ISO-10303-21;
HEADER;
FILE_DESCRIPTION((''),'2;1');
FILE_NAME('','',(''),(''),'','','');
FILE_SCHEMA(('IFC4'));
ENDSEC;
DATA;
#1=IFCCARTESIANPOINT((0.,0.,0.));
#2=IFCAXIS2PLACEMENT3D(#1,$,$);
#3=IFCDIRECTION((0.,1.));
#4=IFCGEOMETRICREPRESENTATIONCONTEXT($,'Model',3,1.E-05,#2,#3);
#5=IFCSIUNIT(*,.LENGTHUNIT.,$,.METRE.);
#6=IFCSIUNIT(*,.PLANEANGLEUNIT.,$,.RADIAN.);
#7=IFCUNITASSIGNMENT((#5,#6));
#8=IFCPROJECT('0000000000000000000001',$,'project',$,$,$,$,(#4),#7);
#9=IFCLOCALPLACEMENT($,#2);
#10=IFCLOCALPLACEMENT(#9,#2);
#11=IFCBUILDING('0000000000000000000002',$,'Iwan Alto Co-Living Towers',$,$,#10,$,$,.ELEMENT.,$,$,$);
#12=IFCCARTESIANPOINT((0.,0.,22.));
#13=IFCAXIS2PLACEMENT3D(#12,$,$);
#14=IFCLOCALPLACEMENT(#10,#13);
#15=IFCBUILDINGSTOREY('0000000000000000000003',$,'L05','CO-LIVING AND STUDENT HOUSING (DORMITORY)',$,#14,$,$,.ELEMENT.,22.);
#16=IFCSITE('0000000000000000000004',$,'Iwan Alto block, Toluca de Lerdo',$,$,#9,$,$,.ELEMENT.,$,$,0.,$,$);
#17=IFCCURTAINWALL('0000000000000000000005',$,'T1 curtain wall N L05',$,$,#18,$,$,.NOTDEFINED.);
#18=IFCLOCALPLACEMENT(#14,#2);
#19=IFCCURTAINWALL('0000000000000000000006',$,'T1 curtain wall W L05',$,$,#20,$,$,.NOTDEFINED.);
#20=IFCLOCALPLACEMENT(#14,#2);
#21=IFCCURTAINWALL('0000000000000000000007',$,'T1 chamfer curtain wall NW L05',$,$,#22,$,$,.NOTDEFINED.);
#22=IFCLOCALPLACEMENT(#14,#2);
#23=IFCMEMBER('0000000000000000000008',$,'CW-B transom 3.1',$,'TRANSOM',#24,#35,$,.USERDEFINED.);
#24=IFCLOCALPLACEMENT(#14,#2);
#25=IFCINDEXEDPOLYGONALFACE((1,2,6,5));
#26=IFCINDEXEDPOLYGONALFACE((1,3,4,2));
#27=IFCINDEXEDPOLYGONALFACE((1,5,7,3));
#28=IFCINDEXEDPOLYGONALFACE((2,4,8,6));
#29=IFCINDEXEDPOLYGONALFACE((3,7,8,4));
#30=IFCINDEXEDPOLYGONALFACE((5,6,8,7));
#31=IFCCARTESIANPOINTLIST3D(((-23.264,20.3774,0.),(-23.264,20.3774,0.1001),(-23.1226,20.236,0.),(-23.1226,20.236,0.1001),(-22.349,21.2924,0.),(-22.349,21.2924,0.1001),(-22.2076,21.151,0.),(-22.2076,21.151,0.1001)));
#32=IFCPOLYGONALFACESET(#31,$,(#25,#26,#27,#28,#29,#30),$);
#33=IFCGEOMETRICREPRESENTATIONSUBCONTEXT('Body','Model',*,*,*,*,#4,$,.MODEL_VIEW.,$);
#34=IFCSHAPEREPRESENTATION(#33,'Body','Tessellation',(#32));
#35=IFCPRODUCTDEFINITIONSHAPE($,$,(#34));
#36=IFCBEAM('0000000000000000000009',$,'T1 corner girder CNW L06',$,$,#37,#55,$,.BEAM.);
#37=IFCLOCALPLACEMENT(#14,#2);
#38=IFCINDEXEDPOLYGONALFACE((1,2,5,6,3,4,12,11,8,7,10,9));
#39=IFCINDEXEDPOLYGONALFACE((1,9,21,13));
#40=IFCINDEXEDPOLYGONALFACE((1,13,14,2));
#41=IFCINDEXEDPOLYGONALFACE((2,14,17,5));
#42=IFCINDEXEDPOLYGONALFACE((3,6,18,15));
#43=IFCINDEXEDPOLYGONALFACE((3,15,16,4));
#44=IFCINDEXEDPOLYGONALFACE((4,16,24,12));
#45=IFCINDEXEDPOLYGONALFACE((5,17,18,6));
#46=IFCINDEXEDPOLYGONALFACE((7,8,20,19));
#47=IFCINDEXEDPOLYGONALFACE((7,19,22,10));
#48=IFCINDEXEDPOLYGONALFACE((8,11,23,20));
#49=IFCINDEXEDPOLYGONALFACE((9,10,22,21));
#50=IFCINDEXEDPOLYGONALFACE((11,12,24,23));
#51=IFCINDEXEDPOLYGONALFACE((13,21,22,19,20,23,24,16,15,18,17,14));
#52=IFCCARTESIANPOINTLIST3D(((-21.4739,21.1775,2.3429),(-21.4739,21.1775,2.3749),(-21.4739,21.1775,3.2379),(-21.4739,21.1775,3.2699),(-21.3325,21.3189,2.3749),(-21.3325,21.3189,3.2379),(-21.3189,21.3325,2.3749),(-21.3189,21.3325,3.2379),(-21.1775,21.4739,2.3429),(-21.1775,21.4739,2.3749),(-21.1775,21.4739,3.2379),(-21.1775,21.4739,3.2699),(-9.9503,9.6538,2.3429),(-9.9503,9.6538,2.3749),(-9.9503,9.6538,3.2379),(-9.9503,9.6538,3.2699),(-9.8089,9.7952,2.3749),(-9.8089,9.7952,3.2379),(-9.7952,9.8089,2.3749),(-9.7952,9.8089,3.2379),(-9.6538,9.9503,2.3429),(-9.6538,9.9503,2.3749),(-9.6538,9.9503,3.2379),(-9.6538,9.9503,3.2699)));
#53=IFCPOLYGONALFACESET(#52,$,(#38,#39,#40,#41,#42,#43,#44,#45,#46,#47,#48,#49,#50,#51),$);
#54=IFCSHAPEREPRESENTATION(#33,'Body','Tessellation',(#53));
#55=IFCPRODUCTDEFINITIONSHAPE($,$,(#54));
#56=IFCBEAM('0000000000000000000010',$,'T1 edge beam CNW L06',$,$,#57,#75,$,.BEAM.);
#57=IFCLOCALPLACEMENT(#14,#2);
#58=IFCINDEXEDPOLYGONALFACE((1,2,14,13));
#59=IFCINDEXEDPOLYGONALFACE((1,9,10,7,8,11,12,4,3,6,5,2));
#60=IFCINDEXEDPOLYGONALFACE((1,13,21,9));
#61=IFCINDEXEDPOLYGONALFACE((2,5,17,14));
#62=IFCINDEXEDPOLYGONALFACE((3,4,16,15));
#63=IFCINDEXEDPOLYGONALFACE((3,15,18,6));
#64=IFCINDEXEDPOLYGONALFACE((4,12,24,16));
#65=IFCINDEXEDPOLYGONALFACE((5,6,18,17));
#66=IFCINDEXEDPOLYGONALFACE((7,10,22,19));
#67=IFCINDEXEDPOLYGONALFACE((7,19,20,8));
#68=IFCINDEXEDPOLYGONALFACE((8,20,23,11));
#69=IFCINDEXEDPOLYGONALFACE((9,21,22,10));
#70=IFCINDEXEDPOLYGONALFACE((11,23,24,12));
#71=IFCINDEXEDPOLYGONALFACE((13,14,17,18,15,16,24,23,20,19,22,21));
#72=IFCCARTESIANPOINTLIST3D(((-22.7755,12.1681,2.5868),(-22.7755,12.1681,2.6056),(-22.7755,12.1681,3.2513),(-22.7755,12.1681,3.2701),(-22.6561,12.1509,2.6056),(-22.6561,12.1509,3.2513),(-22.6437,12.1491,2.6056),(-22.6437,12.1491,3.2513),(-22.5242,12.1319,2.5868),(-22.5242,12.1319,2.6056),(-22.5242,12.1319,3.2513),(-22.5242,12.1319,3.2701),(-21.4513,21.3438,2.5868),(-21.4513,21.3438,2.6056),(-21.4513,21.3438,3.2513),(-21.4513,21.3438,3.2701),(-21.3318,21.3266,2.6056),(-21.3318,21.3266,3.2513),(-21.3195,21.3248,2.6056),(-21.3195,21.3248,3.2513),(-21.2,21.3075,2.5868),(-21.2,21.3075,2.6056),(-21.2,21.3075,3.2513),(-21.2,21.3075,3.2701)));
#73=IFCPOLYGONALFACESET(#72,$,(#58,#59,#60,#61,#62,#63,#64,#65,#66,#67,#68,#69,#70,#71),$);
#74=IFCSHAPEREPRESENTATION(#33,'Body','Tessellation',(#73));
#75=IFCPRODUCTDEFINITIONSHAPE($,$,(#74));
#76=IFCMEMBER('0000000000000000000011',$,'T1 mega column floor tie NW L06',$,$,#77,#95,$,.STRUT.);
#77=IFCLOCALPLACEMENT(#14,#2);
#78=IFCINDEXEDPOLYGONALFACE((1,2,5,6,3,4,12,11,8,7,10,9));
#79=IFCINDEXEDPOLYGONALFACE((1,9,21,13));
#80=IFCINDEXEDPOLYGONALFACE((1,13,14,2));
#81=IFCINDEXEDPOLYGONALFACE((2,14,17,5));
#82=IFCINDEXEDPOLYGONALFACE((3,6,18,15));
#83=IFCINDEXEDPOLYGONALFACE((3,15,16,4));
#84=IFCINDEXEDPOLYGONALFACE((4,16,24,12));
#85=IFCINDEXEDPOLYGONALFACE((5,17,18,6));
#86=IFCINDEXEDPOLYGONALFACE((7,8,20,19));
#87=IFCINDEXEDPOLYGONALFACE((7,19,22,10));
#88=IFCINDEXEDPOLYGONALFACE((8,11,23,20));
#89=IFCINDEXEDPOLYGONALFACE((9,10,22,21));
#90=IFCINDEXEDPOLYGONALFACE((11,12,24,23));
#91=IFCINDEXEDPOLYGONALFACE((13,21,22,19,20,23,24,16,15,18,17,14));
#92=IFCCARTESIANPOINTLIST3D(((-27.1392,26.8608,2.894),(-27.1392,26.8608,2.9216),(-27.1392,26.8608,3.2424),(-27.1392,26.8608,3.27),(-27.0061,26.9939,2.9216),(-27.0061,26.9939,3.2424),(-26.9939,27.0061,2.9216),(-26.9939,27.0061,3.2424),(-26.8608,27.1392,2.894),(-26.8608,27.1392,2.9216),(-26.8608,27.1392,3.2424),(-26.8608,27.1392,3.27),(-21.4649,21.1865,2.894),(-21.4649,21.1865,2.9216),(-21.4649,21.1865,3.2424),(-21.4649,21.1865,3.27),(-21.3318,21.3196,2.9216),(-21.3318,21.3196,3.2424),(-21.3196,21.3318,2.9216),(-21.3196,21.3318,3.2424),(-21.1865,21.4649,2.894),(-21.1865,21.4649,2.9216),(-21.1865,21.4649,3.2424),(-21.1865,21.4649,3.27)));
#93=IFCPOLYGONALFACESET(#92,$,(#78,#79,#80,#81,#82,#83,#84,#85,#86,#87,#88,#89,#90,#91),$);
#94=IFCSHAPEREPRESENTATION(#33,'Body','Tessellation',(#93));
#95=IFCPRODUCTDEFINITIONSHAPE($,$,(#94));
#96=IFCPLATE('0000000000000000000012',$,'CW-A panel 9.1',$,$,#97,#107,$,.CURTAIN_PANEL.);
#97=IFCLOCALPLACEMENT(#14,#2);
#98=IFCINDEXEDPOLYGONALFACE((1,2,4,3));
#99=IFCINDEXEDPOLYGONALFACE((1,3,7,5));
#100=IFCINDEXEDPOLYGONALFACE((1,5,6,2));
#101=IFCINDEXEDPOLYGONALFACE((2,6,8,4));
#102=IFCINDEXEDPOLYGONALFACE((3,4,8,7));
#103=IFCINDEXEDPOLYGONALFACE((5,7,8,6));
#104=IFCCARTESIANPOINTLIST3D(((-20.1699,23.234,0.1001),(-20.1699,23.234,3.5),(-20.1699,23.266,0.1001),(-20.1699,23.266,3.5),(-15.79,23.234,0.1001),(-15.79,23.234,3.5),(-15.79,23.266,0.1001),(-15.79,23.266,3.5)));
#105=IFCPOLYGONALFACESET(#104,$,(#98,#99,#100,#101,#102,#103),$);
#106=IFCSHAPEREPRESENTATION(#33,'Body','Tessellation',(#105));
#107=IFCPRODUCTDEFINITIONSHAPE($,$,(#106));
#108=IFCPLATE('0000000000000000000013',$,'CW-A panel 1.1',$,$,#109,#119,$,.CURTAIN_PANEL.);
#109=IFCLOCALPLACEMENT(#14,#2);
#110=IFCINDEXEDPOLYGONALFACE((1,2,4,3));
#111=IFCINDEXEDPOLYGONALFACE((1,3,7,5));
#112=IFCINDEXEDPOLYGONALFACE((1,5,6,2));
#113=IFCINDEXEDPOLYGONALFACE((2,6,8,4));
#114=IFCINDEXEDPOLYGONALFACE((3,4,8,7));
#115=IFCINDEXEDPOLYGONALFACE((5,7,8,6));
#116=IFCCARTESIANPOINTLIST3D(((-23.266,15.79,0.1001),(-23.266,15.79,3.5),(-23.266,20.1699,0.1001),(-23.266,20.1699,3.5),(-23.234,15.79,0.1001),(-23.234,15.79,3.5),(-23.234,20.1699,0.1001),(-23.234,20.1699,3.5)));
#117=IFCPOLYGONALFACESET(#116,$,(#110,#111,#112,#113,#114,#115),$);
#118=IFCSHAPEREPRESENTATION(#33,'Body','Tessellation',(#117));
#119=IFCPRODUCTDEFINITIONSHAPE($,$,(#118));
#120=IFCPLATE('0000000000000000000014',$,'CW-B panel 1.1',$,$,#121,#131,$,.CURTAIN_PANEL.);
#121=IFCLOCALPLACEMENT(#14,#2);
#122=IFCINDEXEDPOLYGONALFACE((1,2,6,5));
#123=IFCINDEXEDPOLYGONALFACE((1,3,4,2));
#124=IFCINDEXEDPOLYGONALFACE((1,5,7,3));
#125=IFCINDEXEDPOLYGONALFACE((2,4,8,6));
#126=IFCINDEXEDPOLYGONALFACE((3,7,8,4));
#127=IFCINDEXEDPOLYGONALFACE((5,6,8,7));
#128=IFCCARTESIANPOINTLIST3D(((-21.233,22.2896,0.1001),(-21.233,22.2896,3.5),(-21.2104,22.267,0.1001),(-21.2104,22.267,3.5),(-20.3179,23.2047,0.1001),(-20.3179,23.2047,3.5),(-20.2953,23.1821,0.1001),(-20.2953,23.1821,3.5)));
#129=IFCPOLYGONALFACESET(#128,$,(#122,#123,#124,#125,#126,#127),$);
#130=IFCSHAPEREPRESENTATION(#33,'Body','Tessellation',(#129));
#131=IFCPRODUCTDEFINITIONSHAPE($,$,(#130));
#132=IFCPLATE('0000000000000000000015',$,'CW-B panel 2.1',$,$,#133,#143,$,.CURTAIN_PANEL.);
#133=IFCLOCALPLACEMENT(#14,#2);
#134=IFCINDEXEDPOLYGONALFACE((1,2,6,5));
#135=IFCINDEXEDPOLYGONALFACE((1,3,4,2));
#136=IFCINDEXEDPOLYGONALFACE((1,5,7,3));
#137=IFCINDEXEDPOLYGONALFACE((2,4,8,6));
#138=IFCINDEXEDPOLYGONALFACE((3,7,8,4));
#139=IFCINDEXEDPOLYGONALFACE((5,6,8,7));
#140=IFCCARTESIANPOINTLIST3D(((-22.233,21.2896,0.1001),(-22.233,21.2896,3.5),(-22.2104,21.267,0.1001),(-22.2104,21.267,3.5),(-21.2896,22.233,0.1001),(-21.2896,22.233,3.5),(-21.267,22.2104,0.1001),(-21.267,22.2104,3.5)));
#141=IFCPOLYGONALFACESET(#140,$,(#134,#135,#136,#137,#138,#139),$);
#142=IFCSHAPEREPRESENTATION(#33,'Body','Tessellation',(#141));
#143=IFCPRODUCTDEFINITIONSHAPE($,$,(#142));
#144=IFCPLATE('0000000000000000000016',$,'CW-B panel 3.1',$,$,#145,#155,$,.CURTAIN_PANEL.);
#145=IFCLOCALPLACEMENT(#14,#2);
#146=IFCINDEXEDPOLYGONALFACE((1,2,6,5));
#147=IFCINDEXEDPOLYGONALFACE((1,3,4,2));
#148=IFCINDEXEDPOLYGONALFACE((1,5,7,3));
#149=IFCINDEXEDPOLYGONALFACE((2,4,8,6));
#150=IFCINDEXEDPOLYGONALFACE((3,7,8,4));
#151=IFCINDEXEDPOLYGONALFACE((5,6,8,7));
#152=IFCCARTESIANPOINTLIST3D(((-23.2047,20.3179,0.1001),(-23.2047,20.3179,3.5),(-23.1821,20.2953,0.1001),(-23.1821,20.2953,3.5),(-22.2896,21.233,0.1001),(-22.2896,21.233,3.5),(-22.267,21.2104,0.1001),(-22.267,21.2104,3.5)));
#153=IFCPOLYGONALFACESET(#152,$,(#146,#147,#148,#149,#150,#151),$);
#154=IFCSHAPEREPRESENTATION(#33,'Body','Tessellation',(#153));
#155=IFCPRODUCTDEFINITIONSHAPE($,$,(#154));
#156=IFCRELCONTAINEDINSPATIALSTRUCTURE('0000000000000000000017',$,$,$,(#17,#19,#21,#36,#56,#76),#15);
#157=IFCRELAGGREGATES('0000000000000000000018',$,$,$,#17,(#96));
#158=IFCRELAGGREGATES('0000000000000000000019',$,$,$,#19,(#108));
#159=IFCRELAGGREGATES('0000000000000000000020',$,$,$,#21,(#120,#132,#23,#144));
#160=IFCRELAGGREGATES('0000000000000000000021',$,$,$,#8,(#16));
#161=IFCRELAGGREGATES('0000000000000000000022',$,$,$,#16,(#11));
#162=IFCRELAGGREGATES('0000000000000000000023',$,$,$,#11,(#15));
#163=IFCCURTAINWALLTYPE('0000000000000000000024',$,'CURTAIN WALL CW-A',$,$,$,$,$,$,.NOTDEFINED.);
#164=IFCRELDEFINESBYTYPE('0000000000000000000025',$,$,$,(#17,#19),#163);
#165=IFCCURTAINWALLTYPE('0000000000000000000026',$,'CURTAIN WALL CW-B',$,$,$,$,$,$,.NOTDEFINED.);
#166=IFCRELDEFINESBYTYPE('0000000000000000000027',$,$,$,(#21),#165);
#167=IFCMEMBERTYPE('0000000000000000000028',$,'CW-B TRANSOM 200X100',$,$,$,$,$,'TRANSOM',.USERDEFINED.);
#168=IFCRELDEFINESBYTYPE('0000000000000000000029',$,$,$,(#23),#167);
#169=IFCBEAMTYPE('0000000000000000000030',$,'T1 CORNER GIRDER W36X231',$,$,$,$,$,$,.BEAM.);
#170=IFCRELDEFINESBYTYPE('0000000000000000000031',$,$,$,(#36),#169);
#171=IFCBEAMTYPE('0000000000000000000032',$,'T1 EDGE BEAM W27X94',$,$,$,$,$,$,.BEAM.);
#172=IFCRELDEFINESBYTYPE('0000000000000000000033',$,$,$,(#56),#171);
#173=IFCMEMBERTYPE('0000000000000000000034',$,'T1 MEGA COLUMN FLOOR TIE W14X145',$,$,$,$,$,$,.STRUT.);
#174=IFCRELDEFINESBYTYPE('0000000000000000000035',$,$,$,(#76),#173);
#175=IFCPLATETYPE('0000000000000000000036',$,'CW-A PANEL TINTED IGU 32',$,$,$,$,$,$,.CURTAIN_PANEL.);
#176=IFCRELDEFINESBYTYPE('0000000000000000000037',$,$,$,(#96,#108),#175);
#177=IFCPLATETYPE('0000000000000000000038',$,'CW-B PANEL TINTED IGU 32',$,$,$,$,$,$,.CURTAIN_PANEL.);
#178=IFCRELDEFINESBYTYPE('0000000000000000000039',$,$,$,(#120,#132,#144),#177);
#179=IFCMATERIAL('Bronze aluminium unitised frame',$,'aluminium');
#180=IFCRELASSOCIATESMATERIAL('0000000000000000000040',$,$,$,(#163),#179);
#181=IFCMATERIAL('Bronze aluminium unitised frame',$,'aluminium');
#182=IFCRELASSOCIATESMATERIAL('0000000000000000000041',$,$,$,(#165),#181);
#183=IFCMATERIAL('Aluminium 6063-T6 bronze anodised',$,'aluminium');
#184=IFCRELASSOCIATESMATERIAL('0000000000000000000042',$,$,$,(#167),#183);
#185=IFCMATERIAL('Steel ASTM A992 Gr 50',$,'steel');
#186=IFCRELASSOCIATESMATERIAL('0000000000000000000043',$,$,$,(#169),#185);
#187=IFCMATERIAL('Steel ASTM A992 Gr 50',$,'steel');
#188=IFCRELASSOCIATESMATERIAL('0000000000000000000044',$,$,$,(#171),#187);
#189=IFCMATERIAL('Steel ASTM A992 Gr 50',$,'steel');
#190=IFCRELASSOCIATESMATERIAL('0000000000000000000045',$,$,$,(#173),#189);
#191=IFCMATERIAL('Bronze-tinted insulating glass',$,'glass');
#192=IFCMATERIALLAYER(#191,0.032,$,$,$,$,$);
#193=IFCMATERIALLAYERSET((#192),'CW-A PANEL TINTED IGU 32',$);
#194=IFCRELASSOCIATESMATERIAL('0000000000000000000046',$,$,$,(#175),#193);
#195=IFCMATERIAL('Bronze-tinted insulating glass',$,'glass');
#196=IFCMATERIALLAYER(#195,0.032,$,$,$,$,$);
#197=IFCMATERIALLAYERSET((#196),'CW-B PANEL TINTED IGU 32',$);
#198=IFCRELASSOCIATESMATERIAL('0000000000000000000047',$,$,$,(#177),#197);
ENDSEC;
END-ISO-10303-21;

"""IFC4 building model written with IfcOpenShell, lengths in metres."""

from ifc_helpers import new_model, si_unit, direction, frame, origin, origin_2d, place, context, subcontext, project, spatial, rectangle, i_section, extrude, material, layer, layer_set, material_profile, profile_set, type_object, element, aggregate, save


model = new_model("IFC4")

# Units and contexts
model_context = context("Model", 3, precision=1e-05, world=origin(), true_north=direction((0.0, 1.0)))
body_context = subcontext(model_context, "Body", "Model", "MODEL_VIEW")
ifc_project = project(units=[si_unit("LENGTHUNIT", "METRE"), si_unit("PLANEANGLEUNIT", "RADIAN")], contexts=[model_context])

# Site, building, storey
site_placement = place(None, origin())
site = spatial("IfcSite", under=ifc_project, at=site_placement, Name="Iwan Alto block, Toluca de Lerdo", CompositionType="ELEMENT", RefElevation=0.0)
building_placement = place(site_placement, origin())
building = spatial("IfcBuilding", under=site, at=building_placement, Name="Iwan Alto Co-Living Towers", CompositionType="ELEMENT")
storey_placement = place(building_placement, frame((0.0, 0.0, 22.0)))
storey = spatial("IfcBuildingStorey", under=building, at=storey_placement, Name="L05", Description="CO-LIVING AND STUDENT HOUSING (DORMITORY)", CompositionType="ELEMENT", Elevation=22.0)

# Curtain walls
ifc_material_1 = material(Name="Bronze aluminium unitised frame", Category="aluminium")
curtain_wall_type_1 = type_object("IfcCurtainWallType", Name="CURTAIN WALL CW-A", PredefinedType="NOTDEFINED", material=ifc_material_1)
curtain_wall_1_placement = place(storey_placement, origin())
curtain_wall_1 = element("IfcCurtainWall", 1, at=curtain_wall_1_placement, inside=storey, type_object=curtain_wall_type_1, Name="T1 curtain wall N L05", PredefinedType="NOTDEFINED")
curtain_wall_2_placement = place(storey_placement, origin())
curtain_wall_2 = element("IfcCurtainWall", 2, at=curtain_wall_2_placement, inside=storey, type_object=curtain_wall_type_1, Name="T1 curtain wall W L05", PredefinedType="NOTDEFINED")

# Curtain wall, member
ifc_material_2 = material(Name="Bronze aluminium unitised frame", Category="aluminium")
curtain_wall_type_2 = type_object("IfcCurtainWallType", Name="CURTAIN WALL CW-B", PredefinedType="NOTDEFINED", material=ifc_material_2)
curtain_wall_3_placement = place(storey_placement, origin())
curtain_wall_3 = element("IfcCurtainWall", 3, at=curtain_wall_3_placement, inside=storey, type_object=curtain_wall_type_2, Name="T1 chamfer curtain wall NW L05", PredefinedType="NOTDEFINED")
ifc_material_3 = material(Name="Aluminium 6063-T6 bronze anodised", Category="aluminium")
ifc_material_profile_1 = material_profile(ifc_material_3, rectangle(XDim=0.2, YDim=0.1001, at=origin_2d()), Name="AL 200X100")
ifc_profile_set_1 = profile_set([ifc_material_profile_1], Name="Aluminium 6063-T6 bronze anodised")
member_type_1 = type_object("IfcMemberType", Name="CW-B TRANSOM 200X100", ElementType="TRANSOM", PredefinedType="USERDEFINED", material=ifc_profile_set_1)
member_1_placement = place(storey_placement, frame((-22.2783, 21.2217, 0.05), z_axis=(-0.707107, -0.707107, 0.0), x_axis=(0.707107, -0.707107, 0.0)))
member_1 = element("IfcMember", 4, at=member_1_placement, type_object=member_type_1, Name="CW-B transom 3.1", ObjectType="TRANSOM", PredefinedType="USERDEFINED", context=body_context, shape_type="SweptSolid", body=[
    extrude(rectangle(XDim=0.2, YDim=0.1001, at=origin_2d()), origin(), (0.0, 0.0, 1.0), 1.2939),
])

# Beams
ifc_material_4 = material(Name="Steel ASTM A992 Gr 50", Category="steel")
ifc_material_profile_2 = material_profile(ifc_material_4, i_section(OverallWidth=0.4192, OverallDepth=0.927, WebThickness=0.0193, FlangeThickness=0.032, at=origin_2d()), Name="W36X231")
ifc_profile_set_2 = profile_set([ifc_material_profile_2], Name="Steel ASTM A992 Gr 50")
beam_type_1 = type_object("IfcBeamType", Name="T1 CORNER GIRDER W36X231", PredefinedType="BEAM", material=ifc_profile_set_2)
beam_1_placement = place(storey_placement, frame((-21.3257, 21.3257, 2.8064), z_axis=(0.707107, -0.707107, 0.0), x_axis=(0.707107, 0.707107, 0.0)))
element("IfcBeam", 5, at=beam_1_placement, inside=storey, type_object=beam_type_1, Name="T1 corner girder CNW L06", PredefinedType="BEAM", context=body_context, shape_type="SweptSolid", body=[
    extrude(i_section(OverallWidth=0.4192, OverallDepth=0.927, WebThickness=0.0193, FlangeThickness=0.032, at=origin_2d()), origin(), (0.0, 0.0, 1.0), 16.2969),
])
ifc_material_5 = material(Name="Steel ASTM A992 Gr 50", Category="steel")
ifc_material_profile_3 = material_profile(ifc_material_5, i_section(OverallWidth=0.2539, OverallDepth=0.6833, WebThickness=0.0125, FlangeThickness=0.0188, at=origin_2d()), Name="W27X94")
ifc_profile_set_3 = profile_set([ifc_material_profile_3], Name="Steel ASTM A992 Gr 50")
beam_type_2 = type_object("IfcBeamType", Name="T1 EDGE BEAM W27X94", PredefinedType="BEAM", material=ifc_profile_set_3)
beam_2_placement = place(storey_placement, frame((-21.3257, 21.3257, 2.9285), z_axis=(-0.142837, -0.989746, 0.0), x_axis=(0.989746, -0.142837, 0.0)))
element("IfcBeam", 6, at=beam_2_placement, inside=storey, type_object=beam_type_2, Name="T1 edge beam CNW L06", PredefinedType="BEAM", context=body_context, shape_type="SweptSolid", body=[
    extrude(i_section(OverallWidth=0.2539, OverallDepth=0.6833, WebThickness=0.0125, FlangeThickness=0.0188, at=origin_2d()), origin(), (0.0, 0.0, 1.0), 9.2708),
])

# Member
ifc_material_6 = material(Name="Steel ASTM A992 Gr 50", Category="steel")
ifc_material_profile_4 = material_profile(ifc_material_6, i_section(OverallWidth=0.3938, OverallDepth=0.376, WebThickness=0.0173, FlangeThickness=0.0276, at=origin_2d()), Name="W14X145")
ifc_profile_set_4 = profile_set([ifc_material_profile_4], Name="Steel ASTM A992 Gr 50")
member_type_2 = type_object("IfcMemberType", Name="T1 MEGA COLUMN FLOOR TIE W14X145", PredefinedType="STRUT", material=ifc_profile_set_4)
member_2_placement = place(storey_placement, frame((-27.0, 27.0, 3.082), z_axis=(0.707107, -0.707107, 0.0), x_axis=(0.707107, 0.707107, 0.0)))
element("IfcMember", 7, at=member_2_placement, inside=storey, type_object=member_type_2, Name="T1 mega column floor tie NW L06", PredefinedType="STRUT", context=body_context, shape_type="SweptSolid", body=[
    extrude(i_section(OverallWidth=0.3938, OverallDepth=0.376, WebThickness=0.0173, FlangeThickness=0.0276, at=origin_2d()), origin(), (0.0, 0.0, 1.0), 8.0247),
])

# Plates
ifc_material_7 = material(Name="Bronze-tinted insulating glass", Category="glass")
ifc_layer_1 = layer(ifc_material_7, 0.032)
ifc_layer_set_1 = layer_set([ifc_layer_1], Name="CW-A PANEL TINTED IGU 32")
plate_type_1 = type_object("IfcPlateType", Name="CW-A PANEL TINTED IGU 32", PredefinedType="CURTAIN_PANEL", material=ifc_layer_set_1)
plate_1_placement = place(storey_placement, frame((-17.98, 23.25, 0.1001), z_axis=(0.0, 0.0, 1.0), x_axis=(-1.0, 0.0, 0.0)))
plate_1 = element("IfcPlate", 8, at=plate_1_placement, type_object=plate_type_1, Name="CW-A panel 9.1", PredefinedType="CURTAIN_PANEL", context=body_context, shape_type="SweptSolid", body=[
    extrude(rectangle(XDim=4.3799, YDim=0.032, at=origin_2d()), origin(), (0.0, 0.0, 1.0), 3.3999),
])
aggregate(curtain_wall_1, [plate_1])
plate_2_placement = place(storey_placement, frame((-23.25, 17.98, 0.1001), z_axis=(0.0, 0.0, 1.0), x_axis=(0.0, -1.0, 0.0)))
plate_2 = element("IfcPlate", 9, at=plate_2_placement, type_object=plate_type_1, Name="CW-A panel 1.1", PredefinedType="CURTAIN_PANEL", context=body_context, shape_type="SweptSolid", body=[
    extrude(rectangle(XDim=4.3799, YDim=0.032, at=origin_2d()), origin(), (0.0, 0.0, 1.0), 3.3999),
])
aggregate(curtain_wall_2, [plate_2])
ifc_material_8 = material(Name="Bronze-tinted insulating glass", Category="glass")
ifc_layer_2 = layer(ifc_material_8, 0.032)
ifc_layer_set_2 = layer_set([ifc_layer_2], Name="CW-B PANEL TINTED IGU 32")
plate_type_2 = type_object("IfcPlateType", Name="CW-B PANEL TINTED IGU 32", PredefinedType="CURTAIN_PANEL", material=ifc_layer_set_2)
plate_3_placement = place(storey_placement, frame((-20.7642, 22.7358, 0.1001), z_axis=(0.0, 0.0, 1.0), x_axis=(-0.707107, -0.707107, 0.0)))
plate_3 = element("IfcPlate", 10, at=plate_3_placement, type_object=plate_type_2, Name="CW-B panel 1.1", PredefinedType="CURTAIN_PANEL", context=body_context, shape_type="SweptSolid", body=[
    extrude(rectangle(XDim=1.2942, YDim=0.032, at=origin_2d()), origin(), (0.0, 0.0, 1.0), 3.3999),
])
plate_4_placement = place(storey_placement, frame((-21.75, 21.75, 0.1001), z_axis=(0.0, 0.0, 1.0), x_axis=(-0.707107, -0.707107, 0.0)))
plate_4 = element("IfcPlate", 11, at=plate_4_placement, type_object=plate_type_2, Name="CW-B panel 2.1", PredefinedType="CURTAIN_PANEL", context=body_context, shape_type="SweptSolid", body=[
    extrude(rectangle(XDim=1.3342, YDim=0.032, at=origin_2d()), origin(), (0.0, 0.0, 1.0), 3.3999),
])
plate_5_placement = place(storey_placement, frame((-22.7358, 20.7642, 0.1001), z_axis=(0.0, 0.0, 1.0), x_axis=(-0.707107, -0.707107, 0.0)))
plate_5 = element("IfcPlate", 12, at=plate_5_placement, type_object=plate_type_2, Name="CW-B panel 3.1", PredefinedType="CURTAIN_PANEL", context=body_context, shape_type="SweptSolid", body=[
    extrude(rectangle(XDim=1.2942, YDim=0.032, at=origin_2d()), origin(), (0.0, 0.0, 1.0), 3.3999),
])
aggregate(curtain_wall_3, [plate_3, plate_4, member_1, plate_5])

save(model, "model.ifc")
